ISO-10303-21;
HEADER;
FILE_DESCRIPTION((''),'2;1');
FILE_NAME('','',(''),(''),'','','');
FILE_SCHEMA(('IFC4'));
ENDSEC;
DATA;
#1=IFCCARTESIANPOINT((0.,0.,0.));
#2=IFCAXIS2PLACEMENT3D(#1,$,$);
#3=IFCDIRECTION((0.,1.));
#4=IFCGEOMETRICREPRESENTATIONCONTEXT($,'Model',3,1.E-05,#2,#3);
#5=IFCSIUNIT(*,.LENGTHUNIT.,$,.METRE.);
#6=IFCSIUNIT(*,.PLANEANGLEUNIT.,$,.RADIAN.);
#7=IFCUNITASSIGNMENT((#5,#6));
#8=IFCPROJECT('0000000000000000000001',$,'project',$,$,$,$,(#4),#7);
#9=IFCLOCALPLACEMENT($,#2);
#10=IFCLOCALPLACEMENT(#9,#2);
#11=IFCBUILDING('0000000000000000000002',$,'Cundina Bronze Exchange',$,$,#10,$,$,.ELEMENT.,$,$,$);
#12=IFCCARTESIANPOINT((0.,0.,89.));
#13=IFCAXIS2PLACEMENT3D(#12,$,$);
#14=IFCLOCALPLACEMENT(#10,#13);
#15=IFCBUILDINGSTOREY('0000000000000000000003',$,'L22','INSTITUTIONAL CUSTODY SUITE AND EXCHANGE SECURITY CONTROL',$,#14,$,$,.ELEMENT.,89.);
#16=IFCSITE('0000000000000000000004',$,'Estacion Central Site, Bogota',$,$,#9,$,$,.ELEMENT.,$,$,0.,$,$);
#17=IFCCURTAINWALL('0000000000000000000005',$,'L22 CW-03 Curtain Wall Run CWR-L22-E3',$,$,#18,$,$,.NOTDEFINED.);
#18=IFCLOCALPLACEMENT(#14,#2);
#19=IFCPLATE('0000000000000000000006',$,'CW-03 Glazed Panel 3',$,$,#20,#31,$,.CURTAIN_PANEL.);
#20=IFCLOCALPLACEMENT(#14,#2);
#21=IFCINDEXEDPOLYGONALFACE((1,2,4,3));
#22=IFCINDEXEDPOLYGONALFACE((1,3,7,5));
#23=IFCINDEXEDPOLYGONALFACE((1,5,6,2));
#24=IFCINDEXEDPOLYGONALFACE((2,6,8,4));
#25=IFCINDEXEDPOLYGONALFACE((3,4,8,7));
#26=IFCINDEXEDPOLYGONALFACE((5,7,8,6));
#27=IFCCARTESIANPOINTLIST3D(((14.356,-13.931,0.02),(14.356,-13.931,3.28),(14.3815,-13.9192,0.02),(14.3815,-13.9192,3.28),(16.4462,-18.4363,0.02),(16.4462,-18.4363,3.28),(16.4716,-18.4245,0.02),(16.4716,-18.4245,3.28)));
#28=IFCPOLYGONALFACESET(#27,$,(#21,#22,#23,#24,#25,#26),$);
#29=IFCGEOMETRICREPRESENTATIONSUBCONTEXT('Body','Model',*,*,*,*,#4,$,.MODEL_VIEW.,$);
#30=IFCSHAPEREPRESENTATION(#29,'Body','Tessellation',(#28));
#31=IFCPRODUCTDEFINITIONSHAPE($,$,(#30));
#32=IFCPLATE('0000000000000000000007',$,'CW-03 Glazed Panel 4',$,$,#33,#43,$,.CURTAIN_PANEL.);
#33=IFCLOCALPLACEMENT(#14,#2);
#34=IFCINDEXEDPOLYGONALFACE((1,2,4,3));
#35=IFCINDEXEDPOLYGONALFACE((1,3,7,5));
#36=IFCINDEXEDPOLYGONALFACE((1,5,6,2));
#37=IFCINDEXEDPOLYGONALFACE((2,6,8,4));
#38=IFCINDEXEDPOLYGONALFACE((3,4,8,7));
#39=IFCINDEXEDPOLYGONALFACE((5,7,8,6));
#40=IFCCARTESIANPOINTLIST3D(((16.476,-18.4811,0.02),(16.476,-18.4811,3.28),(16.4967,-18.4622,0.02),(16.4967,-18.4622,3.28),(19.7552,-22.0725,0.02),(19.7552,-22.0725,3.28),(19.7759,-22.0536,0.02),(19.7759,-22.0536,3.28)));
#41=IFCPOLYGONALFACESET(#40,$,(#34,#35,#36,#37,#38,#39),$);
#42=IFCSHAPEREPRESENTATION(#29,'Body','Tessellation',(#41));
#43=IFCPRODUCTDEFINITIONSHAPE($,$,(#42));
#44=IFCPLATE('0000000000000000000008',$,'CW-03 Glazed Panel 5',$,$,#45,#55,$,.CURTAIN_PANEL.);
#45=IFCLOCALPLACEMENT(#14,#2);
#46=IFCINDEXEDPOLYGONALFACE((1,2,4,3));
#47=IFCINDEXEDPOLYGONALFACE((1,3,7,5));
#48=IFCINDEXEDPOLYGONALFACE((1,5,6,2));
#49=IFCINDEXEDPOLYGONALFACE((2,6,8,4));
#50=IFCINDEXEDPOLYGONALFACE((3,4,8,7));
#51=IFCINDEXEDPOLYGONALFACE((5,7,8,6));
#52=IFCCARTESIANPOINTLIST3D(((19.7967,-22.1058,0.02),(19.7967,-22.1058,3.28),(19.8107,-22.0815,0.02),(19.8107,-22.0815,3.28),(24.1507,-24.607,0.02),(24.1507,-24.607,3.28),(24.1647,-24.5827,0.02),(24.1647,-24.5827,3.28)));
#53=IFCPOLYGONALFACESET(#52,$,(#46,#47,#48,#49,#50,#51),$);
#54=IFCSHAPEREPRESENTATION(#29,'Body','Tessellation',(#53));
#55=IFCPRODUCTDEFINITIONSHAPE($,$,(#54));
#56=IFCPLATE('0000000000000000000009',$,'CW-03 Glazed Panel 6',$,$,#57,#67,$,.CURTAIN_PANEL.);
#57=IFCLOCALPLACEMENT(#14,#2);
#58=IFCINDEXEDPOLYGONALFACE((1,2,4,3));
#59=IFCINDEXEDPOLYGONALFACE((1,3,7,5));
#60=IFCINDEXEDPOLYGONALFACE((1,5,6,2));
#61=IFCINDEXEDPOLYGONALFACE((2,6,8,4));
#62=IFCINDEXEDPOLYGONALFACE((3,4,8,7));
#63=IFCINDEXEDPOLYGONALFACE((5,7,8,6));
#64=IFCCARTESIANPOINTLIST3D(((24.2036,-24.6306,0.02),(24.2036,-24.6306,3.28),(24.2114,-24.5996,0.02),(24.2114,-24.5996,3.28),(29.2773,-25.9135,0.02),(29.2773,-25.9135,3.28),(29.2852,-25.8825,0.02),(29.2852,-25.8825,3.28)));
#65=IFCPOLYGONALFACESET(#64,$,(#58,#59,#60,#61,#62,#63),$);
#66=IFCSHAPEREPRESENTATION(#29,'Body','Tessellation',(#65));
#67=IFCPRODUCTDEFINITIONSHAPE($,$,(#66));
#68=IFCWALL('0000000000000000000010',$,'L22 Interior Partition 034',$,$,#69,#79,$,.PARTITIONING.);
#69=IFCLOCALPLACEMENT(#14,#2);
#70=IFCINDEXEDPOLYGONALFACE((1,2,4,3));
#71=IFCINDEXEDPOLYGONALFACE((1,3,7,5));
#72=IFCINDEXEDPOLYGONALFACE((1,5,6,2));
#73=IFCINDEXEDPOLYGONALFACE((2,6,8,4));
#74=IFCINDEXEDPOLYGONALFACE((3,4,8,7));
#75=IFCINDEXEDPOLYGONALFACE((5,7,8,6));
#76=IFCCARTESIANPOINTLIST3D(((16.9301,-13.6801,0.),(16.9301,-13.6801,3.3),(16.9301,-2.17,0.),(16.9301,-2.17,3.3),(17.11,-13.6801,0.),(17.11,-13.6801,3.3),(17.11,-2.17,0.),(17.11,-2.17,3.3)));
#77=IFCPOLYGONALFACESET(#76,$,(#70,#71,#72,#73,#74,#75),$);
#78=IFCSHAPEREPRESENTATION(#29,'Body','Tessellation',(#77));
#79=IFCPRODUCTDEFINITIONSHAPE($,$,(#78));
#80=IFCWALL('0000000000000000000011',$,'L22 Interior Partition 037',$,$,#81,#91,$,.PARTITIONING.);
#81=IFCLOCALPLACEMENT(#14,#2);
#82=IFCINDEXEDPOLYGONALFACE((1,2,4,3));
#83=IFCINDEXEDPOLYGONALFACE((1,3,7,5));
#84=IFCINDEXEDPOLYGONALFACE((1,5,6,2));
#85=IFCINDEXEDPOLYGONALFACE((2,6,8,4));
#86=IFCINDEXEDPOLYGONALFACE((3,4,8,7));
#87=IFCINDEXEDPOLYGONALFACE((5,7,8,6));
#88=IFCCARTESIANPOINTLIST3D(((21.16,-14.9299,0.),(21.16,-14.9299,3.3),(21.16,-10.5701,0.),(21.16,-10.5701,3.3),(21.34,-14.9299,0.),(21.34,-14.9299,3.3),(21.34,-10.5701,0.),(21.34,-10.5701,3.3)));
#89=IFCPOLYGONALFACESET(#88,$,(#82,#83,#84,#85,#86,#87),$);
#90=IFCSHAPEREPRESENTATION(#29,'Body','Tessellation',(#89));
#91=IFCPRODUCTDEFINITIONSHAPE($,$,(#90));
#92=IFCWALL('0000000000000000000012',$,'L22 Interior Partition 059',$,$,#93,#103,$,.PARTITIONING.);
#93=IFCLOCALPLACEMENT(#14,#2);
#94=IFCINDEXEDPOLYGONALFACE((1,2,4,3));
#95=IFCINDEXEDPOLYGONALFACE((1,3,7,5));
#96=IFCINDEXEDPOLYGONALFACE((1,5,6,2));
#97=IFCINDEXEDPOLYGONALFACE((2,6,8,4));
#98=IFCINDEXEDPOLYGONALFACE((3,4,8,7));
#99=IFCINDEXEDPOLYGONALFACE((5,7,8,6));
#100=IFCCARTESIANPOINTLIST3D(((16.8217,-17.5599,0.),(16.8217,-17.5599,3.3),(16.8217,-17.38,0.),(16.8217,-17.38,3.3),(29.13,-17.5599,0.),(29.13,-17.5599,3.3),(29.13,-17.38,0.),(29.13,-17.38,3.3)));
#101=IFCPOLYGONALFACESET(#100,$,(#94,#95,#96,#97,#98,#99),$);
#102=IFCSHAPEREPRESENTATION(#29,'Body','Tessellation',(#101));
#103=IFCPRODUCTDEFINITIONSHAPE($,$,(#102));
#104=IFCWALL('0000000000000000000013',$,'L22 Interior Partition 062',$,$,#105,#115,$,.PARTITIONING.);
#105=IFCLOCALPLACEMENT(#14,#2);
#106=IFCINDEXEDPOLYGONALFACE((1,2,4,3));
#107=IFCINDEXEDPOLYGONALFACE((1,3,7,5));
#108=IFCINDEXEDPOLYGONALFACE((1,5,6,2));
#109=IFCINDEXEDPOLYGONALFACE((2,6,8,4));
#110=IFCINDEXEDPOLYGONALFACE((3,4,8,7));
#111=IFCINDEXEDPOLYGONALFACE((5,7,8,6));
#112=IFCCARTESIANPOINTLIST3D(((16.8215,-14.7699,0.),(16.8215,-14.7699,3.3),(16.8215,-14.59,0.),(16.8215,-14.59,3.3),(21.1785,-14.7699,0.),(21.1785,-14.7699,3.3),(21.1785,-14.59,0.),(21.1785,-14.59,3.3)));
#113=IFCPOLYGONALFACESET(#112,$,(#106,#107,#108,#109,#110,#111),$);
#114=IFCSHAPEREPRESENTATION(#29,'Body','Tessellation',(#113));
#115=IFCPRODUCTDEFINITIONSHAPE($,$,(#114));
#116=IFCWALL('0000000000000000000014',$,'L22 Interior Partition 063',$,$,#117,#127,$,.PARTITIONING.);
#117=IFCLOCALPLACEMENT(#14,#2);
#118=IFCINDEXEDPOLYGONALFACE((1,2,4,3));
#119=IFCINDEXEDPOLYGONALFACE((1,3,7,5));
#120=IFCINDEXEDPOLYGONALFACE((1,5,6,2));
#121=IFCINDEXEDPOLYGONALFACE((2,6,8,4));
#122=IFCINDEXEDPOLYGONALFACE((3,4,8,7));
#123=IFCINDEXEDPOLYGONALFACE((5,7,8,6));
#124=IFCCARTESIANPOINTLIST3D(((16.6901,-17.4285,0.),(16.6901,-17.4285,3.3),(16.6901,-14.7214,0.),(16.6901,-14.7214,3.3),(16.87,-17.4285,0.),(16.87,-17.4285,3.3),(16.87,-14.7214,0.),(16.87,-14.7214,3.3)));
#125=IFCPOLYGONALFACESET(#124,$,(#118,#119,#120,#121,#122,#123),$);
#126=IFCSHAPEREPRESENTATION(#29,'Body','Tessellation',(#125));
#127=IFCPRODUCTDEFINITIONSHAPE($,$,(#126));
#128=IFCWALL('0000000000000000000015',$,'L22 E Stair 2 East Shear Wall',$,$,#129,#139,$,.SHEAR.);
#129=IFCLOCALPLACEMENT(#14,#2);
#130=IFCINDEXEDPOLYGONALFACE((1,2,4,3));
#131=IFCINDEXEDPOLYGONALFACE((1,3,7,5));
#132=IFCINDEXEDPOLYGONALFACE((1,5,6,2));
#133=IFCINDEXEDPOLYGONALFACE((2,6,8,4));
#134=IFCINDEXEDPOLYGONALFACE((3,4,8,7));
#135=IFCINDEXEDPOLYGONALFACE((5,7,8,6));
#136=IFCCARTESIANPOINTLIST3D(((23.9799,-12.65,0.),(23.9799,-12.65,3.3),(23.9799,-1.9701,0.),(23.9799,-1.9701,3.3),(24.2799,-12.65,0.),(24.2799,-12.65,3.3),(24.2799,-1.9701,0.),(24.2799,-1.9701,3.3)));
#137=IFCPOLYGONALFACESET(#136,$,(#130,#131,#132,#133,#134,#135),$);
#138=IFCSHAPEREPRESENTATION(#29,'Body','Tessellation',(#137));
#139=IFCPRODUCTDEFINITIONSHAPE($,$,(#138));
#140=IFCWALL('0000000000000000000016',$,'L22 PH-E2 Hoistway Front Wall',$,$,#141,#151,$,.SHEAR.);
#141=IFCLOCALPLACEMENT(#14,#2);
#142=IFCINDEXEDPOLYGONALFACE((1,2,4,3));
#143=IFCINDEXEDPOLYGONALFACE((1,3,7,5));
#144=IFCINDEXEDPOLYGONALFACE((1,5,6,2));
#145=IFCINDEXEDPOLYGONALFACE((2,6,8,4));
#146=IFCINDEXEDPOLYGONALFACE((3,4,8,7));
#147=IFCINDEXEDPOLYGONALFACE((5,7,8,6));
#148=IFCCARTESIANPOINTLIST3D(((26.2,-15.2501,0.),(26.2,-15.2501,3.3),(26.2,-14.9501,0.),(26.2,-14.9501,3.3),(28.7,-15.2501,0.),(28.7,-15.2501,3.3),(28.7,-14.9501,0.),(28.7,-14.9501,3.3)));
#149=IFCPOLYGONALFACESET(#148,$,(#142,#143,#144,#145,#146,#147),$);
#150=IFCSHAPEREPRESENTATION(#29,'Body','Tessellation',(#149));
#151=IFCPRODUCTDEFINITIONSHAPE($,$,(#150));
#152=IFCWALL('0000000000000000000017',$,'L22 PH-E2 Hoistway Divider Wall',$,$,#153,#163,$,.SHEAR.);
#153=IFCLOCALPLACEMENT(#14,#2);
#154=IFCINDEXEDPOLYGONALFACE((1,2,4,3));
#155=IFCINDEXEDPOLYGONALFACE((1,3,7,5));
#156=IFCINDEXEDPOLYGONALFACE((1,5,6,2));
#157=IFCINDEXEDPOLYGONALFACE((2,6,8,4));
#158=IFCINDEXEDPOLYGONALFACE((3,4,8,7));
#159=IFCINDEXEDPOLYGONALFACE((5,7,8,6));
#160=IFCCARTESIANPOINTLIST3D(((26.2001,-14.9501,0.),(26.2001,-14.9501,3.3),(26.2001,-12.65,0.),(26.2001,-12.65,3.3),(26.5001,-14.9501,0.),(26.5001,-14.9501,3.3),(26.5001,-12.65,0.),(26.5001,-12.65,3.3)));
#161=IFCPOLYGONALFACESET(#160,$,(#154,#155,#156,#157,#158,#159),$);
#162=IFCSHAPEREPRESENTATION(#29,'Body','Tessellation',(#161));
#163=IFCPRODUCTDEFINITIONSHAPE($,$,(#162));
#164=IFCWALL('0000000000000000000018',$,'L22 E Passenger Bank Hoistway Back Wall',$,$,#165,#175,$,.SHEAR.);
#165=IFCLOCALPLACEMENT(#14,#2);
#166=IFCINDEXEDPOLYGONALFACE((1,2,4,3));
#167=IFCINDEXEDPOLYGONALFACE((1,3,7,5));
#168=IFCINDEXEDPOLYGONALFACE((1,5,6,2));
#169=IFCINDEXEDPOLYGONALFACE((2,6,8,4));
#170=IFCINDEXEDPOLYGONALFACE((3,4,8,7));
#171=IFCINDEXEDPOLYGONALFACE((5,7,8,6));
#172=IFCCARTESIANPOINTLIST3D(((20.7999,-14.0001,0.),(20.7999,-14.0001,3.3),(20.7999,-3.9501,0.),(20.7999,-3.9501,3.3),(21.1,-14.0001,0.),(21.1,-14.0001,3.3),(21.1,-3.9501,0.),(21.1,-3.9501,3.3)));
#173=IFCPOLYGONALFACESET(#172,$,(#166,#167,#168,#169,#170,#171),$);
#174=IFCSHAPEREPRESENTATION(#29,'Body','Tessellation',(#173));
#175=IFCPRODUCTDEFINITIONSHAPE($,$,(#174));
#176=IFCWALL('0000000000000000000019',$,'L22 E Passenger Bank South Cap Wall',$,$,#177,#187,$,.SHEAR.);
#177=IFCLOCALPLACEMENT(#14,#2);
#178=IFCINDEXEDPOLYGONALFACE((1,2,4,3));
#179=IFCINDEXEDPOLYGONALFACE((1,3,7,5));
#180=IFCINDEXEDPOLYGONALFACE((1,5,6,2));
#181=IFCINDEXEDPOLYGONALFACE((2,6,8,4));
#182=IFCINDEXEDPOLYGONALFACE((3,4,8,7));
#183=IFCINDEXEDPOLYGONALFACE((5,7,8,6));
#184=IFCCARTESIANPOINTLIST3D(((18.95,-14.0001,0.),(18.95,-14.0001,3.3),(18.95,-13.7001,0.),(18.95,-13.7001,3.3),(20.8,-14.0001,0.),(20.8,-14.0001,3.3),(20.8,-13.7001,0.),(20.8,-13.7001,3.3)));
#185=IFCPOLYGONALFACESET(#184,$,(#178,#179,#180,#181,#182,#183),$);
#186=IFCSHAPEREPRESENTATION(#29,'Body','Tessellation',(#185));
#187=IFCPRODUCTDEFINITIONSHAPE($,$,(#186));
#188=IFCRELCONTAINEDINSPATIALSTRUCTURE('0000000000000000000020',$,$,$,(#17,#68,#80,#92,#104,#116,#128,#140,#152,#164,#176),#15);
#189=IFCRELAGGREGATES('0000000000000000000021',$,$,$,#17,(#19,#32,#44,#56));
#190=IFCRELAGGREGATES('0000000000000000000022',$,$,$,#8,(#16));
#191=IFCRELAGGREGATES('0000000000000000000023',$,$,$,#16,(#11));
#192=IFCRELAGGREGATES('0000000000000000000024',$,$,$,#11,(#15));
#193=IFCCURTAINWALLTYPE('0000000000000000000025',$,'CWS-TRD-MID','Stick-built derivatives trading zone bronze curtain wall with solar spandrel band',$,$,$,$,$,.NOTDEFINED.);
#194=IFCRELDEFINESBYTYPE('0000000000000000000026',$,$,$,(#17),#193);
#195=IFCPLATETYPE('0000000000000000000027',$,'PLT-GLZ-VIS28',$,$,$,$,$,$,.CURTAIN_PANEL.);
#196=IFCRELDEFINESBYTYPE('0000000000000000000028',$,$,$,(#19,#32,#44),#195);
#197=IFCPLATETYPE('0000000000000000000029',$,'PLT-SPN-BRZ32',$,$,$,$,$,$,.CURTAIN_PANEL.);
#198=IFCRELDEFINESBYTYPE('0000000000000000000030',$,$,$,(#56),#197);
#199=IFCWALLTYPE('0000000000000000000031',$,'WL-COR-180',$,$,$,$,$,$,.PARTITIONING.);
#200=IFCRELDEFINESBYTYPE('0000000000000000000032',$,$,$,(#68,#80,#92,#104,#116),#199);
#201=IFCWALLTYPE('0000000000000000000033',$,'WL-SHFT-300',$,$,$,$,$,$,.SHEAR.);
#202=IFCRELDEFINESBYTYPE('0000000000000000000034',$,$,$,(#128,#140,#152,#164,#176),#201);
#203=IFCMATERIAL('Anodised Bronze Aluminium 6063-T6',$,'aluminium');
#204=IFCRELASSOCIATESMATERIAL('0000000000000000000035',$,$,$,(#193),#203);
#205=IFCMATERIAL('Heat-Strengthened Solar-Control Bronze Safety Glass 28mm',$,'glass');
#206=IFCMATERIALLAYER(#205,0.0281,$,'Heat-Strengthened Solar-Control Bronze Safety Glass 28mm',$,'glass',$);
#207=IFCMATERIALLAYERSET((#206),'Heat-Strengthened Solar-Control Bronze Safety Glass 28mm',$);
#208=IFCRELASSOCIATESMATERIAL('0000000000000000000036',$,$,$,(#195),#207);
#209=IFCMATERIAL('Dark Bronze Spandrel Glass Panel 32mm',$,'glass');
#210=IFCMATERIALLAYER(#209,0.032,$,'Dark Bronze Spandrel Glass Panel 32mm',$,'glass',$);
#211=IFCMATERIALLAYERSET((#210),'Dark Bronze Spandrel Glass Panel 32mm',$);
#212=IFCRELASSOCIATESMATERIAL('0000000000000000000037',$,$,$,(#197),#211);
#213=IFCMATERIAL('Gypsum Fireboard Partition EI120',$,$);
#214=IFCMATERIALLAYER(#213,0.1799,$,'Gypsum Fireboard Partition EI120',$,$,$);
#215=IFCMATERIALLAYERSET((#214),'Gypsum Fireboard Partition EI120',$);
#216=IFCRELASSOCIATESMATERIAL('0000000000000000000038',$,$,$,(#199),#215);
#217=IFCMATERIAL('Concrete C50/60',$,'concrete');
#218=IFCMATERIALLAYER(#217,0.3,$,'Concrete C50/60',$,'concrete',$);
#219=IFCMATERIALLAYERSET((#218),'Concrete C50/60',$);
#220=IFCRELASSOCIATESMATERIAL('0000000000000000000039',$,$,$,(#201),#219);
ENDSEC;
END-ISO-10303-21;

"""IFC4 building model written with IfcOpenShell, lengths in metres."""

from ifc_helpers import new_model, si_unit, direction, frame, frame_2d, origin, origin_2d, place, context, subcontext, project, spatial, rectangle, extrude, material, layer, layer_set, type_object, element, aggregate, save


model = new_model("IFC4")

# Units and contexts
model_context = context("Model", 3, precision=1e-05, world=origin(), true_north=direction((0.0, 1.0)))
body_context = subcontext(model_context, "Body", "Model", "MODEL_VIEW")
ifc_project = project(units=[si_unit("LENGTHUNIT", "METRE"), si_unit("PLANEANGLEUNIT", "RADIAN")], contexts=[model_context])

# Site, building, storey
site_placement = place(None, origin())
site = spatial("IfcSite", under=ifc_project, at=site_placement, Name="Estacion Central Site, Bogota", CompositionType="ELEMENT", RefElevation=0.0)
building_placement = place(site_placement, origin())
building = spatial("IfcBuilding", under=site, at=building_placement, Name="Cundina Bronze Exchange", CompositionType="ELEMENT")
storey_placement = place(building_placement, frame((0.0, 0.0, 89.0)))
storey = spatial("IfcBuildingStorey", under=building, at=storey_placement, Name="L22", Description="INSTITUTIONAL CUSTODY SUITE AND EXCHANGE SECURITY CONTROL", CompositionType="ELEMENT", Elevation=89.0)

# Curtain wall, plates
ifc_material_1 = material(Name="Anodised Bronze Aluminium 6063-T6", Category="aluminium")
curtain_wall_type = type_object("IfcCurtainWallType", Name="CWS-TRD-MID", Description="Stick-built derivatives trading zone bronze curtain wall with solar spandrel band", PredefinedType="NOTDEFINED", material=ifc_material_1)
curtain_wall_placement = place(storey_placement, origin())
curtain_wall = element("IfcCurtainWall", 1, at=curtain_wall_placement, inside=storey, type_object=curtain_wall_type, Name="L22 CW-03 Curtain Wall Run CWR-L22-E3", PredefinedType="NOTDEFINED")
ifc_material_2 = material(Name="Heat-Strengthened Solar-Control Bronze Safety Glass 28mm", Category="glass")
ifc_layer_1 = layer(ifc_material_2, 0.0281, Name="Heat-Strengthened Solar-Control Bronze Safety Glass 28mm", Category="glass")
ifc_layer_set_1 = layer_set([ifc_layer_1], Name="Heat-Strengthened Solar-Control Bronze Safety Glass 28mm")
plate_type_1 = type_object("IfcPlateType", Name="PLT-GLZ-VIS28", PredefinedType="CURTAIN_PANEL", material=ifc_layer_set_1)
plate_1_placement = place(storey_placement, frame((15.4138, -16.1777, 0.02), z_axis=(0.0, 0.0, 1.0), x_axis=(0.420846, -0.907132, 0.0)))
plate_1 = element("IfcPlate", 2, at=plate_1_placement, type_object=plate_type_1, Name="CW-03 Glazed Panel 3", PredefinedType="CURTAIN_PANEL", context=body_context, shape_type="SweptSolid", body=[
    extrude(rectangle(XDim=4.9666, YDim=0.0281, at=origin_2d()), origin(), (0.0, 0.0, 1.0), 3.26),
])
plate_2_placement = place(storey_placement, frame((18.126, -20.2673, 0.02), z_axis=(0.0, 0.0, 1.0), x_axis=(0.674277, -0.738479, 0.0)))
plate_2 = element("IfcPlate", 3, at=plate_2_placement, type_object=plate_type_1, Name="CW-03 Glazed Panel 4", PredefinedType="CURTAIN_PANEL", context=body_context, shape_type="SweptSolid", body=[
    extrude(rectangle(XDim=4.8633, YDim=0.0281, at=origin_2d()), origin(), (0.0, 0.0, 1.0), 3.26),
])
plate_3_placement = place(storey_placement, frame((21.9807, -23.3442, 0.02), z_axis=(0.0, 0.0, 1.0), x_axis=(0.867105, -0.498125, 0.0)))
plate_3 = element("IfcPlate", 4, at=plate_3_placement, type_object=plate_type_1, Name="CW-03 Glazed Panel 5", PredefinedType="CURTAIN_PANEL", context=body_context, shape_type="SweptSolid", body=[
    extrude(rectangle(XDim=5.0212, YDim=0.0281, at=origin_2d()), origin(), (0.0, 0.0, 1.0), 3.26),
])
ifc_material_3 = material(Name="Dark Bronze Spandrel Glass Panel 32mm", Category="glass")
ifc_layer_2 = layer(ifc_material_3, 0.032, Name="Dark Bronze Spandrel Glass Panel 32mm", Category="glass")
ifc_layer_set_2 = layer_set([ifc_layer_2], Name="Dark Bronze Spandrel Glass Panel 32mm")
plate_type_2 = type_object("IfcPlateType", Name="PLT-SPN-BRZ32", PredefinedType="CURTAIN_PANEL", material=ifc_layer_set_2)
plate_4_placement = place(storey_placement, frame((26.7444, -25.2566, 0.02), z_axis=(0.0, 0.0, 1.0), x_axis=(0.969488, -0.245138, 0.0)))
plate_4 = element("IfcPlate", 5, at=plate_4_placement, type_object=plate_type_2, Name="CW-03 Glazed Panel 6", PredefinedType="CURTAIN_PANEL", context=body_context, shape_type="SweptSolid", body=[
    extrude(rectangle(XDim=5.2334, YDim=0.032, at=origin_2d()), origin(), (0.0, 0.0, 1.0), 3.26),
])
aggregate(curtain_wall, [plate_1, plate_2, plate_3, plate_4])

# Walls
ifc_material_4 = material(Name="Gypsum Fireboard Partition EI120")
ifc_layer_3 = layer(ifc_material_4, 0.1799, Name="Gypsum Fireboard Partition EI120")
ifc_layer_set_3 = layer_set([ifc_layer_3], Name="Gypsum Fireboard Partition EI120")
wall_type_1 = type_object("IfcWallType", Name="WL-COR-180", PredefinedType="PARTITIONING", material=ifc_layer_set_3)
wall_1_placement = place(storey_placement, frame((17.02, -13.6799, 0.0), z_axis=(0.0, 0.0, 1.0), x_axis=(0.0, 1.0, 0.0)))
element("IfcWall", 6, at=wall_1_placement, inside=storey, type_object=wall_type_1, Name="L22 Interior Partition 034", PredefinedType="PARTITIONING", context=body_context, shape_type="SweptSolid", body=[
    extrude(rectangle(XDim=11.51, YDim=0.1799, at=frame_2d((5.7549, 0.0))), origin(), (0.0, 0.0, 1.0), 3.3),
])
wall_2_placement = place(storey_placement, frame((21.25, -14.9299, 0.0), z_axis=(0.0, 0.0, 1.0), x_axis=(0.0, 1.0, 0.0)))
element("IfcWall", 7, at=wall_2_placement, inside=storey, type_object=wall_type_1, Name="L22 Interior Partition 037", PredefinedType="PARTITIONING", context=body_context, shape_type="SweptSolid", body=[
    extrude(rectangle(XDim=4.3599, YDim=0.1799, at=frame_2d((2.1799, 0.0))), origin(), (0.0, 0.0, 1.0), 3.3),
])
wall_3_placement = place(storey_placement, frame((16.8215, -17.47, 0.0), z_axis=(0.0, 0.0, 1.0), x_axis=(1.0, 0.0, 0.0)))
element("IfcWall", 8, at=wall_3_placement, inside=storey, type_object=wall_type_1, Name="L22 Interior Partition 059", PredefinedType="PARTITIONING", context=body_context, shape_type="SweptSolid", body=[
    extrude(rectangle(XDim=12.3083, YDim=0.1799, at=frame_2d((6.1543, 0.0))), origin(), (0.0, 0.0, 1.0), 3.3),
])
wall_4_placement = place(storey_placement, frame((21.1785, -14.6799, 0.0), z_axis=(0.0, 0.0, 1.0), x_axis=(-1.0, 0.0, 0.0)))
element("IfcWall", 9, at=wall_4_placement, inside=storey, type_object=wall_type_1, Name="L22 Interior Partition 062", PredefinedType="PARTITIONING", context=body_context, shape_type="SweptSolid", body=[
    extrude(rectangle(XDim=4.3569, YDim=0.1799, at=frame_2d((2.1785, 0.0))), origin(), (0.0, 0.0, 1.0), 3.3),
])
wall_5_placement = place(storey_placement, frame((16.78, -14.7214, 0.0), z_axis=(0.0, 0.0, 1.0), x_axis=(0.0, -1.0, 0.0)))
element("IfcWall", 10, at=wall_5_placement, inside=storey, type_object=wall_type_1, Name="L22 Interior Partition 063", PredefinedType="PARTITIONING", context=body_context, shape_type="SweptSolid", body=[
    extrude(rectangle(XDim=2.707, YDim=0.1799, at=frame_2d((1.3535, 0.0))), origin(), (0.0, 0.0, 1.0), 3.3),
])
ifc_material_5 = material(Name="Concrete C50/60", Category="concrete")
ifc_layer_4 = layer(ifc_material_5, 0.3, Name="Concrete C50/60", Category="concrete")
ifc_layer_set_4 = layer_set([ifc_layer_4], Name="Concrete C50/60")
wall_type_2 = type_object("IfcWallType", Name="WL-SHFT-300", PredefinedType="SHEAR", material=ifc_layer_set_4)
wall_6_placement = place(storey_placement, frame((24.1299, -12.6499, 0.0), z_axis=(0.0, 0.0, 1.0), x_axis=(0.0, 1.0, 0.0)))
element("IfcWall", 11, at=wall_6_placement, inside=storey, type_object=wall_type_2, Name="L22 E Stair 2 East Shear Wall", PredefinedType="SHEAR", context=body_context, shape_type="SweptSolid", body=[
    extrude(rectangle(XDim=10.6799, YDim=0.3, at=frame_2d((5.3398, 0.0))), origin(), (0.0, 0.0, 1.0), 3.3),
])
wall_7_placement = place(storey_placement, frame((26.2, -15.1001, 0.0), z_axis=(0.0, 0.0, 1.0), x_axis=(1.0, 0.0, 0.0)))
element("IfcWall", 12, at=wall_7_placement, inside=storey, type_object=wall_type_2, Name="L22 PH-E2 Hoistway Front Wall", PredefinedType="SHEAR", context=body_context, shape_type="SweptSolid", body=[
    extrude(rectangle(XDim=2.5, YDim=0.3, at=frame_2d((1.25, 0.0))), origin(), (0.0, 0.0, 1.0), 3.3),
])
wall_8_placement = place(storey_placement, frame((26.3501, -14.95, 0.0), z_axis=(0.0, 0.0, 1.0), x_axis=(0.0, 1.0, 0.0)))
element("IfcWall", 13, at=wall_8_placement, inside=storey, type_object=wall_type_2, Name="L22 PH-E2 Hoistway Divider Wall", PredefinedType="SHEAR", context=body_context, shape_type="SweptSolid", body=[
    extrude(rectangle(XDim=2.3, YDim=0.3, at=frame_2d((1.1499, 0.0))), origin(), (0.0, 0.0, 1.0), 3.3),
])
wall_9_placement = place(storey_placement, frame((20.95, -14.0, 0.0), z_axis=(0.0, 0.0, 1.0), x_axis=(0.0, 1.0, 0.0)))
element("IfcWall", 14, at=wall_9_placement, inside=storey, type_object=wall_type_2, Name="L22 E Passenger Bank Hoistway Back Wall", PredefinedType="SHEAR", context=body_context, shape_type="SweptSolid", body=[
    extrude(rectangle(XDim=10.05, YDim=0.3, at=frame_2d((5.0249, 0.0))), origin(), (0.0, 0.0, 1.0), 3.3),
])
wall_10_placement = place(storey_placement, frame((18.95, -13.8501, 0.0), z_axis=(0.0, 0.0, 1.0), x_axis=(1.0, 0.0, 0.0)))
element("IfcWall", 15, at=wall_10_placement, inside=storey, type_object=wall_type_2, Name="L22 E Passenger Bank South Cap Wall", PredefinedType="SHEAR", context=body_context, shape_type="SweptSolid", body=[
    extrude(rectangle(XDim=1.8501, YDim=0.3, at=frame_2d((0.925, 0.0))), origin(), (0.0, 0.0, 1.0), 3.3),
])

save(model, "model.ifc")
